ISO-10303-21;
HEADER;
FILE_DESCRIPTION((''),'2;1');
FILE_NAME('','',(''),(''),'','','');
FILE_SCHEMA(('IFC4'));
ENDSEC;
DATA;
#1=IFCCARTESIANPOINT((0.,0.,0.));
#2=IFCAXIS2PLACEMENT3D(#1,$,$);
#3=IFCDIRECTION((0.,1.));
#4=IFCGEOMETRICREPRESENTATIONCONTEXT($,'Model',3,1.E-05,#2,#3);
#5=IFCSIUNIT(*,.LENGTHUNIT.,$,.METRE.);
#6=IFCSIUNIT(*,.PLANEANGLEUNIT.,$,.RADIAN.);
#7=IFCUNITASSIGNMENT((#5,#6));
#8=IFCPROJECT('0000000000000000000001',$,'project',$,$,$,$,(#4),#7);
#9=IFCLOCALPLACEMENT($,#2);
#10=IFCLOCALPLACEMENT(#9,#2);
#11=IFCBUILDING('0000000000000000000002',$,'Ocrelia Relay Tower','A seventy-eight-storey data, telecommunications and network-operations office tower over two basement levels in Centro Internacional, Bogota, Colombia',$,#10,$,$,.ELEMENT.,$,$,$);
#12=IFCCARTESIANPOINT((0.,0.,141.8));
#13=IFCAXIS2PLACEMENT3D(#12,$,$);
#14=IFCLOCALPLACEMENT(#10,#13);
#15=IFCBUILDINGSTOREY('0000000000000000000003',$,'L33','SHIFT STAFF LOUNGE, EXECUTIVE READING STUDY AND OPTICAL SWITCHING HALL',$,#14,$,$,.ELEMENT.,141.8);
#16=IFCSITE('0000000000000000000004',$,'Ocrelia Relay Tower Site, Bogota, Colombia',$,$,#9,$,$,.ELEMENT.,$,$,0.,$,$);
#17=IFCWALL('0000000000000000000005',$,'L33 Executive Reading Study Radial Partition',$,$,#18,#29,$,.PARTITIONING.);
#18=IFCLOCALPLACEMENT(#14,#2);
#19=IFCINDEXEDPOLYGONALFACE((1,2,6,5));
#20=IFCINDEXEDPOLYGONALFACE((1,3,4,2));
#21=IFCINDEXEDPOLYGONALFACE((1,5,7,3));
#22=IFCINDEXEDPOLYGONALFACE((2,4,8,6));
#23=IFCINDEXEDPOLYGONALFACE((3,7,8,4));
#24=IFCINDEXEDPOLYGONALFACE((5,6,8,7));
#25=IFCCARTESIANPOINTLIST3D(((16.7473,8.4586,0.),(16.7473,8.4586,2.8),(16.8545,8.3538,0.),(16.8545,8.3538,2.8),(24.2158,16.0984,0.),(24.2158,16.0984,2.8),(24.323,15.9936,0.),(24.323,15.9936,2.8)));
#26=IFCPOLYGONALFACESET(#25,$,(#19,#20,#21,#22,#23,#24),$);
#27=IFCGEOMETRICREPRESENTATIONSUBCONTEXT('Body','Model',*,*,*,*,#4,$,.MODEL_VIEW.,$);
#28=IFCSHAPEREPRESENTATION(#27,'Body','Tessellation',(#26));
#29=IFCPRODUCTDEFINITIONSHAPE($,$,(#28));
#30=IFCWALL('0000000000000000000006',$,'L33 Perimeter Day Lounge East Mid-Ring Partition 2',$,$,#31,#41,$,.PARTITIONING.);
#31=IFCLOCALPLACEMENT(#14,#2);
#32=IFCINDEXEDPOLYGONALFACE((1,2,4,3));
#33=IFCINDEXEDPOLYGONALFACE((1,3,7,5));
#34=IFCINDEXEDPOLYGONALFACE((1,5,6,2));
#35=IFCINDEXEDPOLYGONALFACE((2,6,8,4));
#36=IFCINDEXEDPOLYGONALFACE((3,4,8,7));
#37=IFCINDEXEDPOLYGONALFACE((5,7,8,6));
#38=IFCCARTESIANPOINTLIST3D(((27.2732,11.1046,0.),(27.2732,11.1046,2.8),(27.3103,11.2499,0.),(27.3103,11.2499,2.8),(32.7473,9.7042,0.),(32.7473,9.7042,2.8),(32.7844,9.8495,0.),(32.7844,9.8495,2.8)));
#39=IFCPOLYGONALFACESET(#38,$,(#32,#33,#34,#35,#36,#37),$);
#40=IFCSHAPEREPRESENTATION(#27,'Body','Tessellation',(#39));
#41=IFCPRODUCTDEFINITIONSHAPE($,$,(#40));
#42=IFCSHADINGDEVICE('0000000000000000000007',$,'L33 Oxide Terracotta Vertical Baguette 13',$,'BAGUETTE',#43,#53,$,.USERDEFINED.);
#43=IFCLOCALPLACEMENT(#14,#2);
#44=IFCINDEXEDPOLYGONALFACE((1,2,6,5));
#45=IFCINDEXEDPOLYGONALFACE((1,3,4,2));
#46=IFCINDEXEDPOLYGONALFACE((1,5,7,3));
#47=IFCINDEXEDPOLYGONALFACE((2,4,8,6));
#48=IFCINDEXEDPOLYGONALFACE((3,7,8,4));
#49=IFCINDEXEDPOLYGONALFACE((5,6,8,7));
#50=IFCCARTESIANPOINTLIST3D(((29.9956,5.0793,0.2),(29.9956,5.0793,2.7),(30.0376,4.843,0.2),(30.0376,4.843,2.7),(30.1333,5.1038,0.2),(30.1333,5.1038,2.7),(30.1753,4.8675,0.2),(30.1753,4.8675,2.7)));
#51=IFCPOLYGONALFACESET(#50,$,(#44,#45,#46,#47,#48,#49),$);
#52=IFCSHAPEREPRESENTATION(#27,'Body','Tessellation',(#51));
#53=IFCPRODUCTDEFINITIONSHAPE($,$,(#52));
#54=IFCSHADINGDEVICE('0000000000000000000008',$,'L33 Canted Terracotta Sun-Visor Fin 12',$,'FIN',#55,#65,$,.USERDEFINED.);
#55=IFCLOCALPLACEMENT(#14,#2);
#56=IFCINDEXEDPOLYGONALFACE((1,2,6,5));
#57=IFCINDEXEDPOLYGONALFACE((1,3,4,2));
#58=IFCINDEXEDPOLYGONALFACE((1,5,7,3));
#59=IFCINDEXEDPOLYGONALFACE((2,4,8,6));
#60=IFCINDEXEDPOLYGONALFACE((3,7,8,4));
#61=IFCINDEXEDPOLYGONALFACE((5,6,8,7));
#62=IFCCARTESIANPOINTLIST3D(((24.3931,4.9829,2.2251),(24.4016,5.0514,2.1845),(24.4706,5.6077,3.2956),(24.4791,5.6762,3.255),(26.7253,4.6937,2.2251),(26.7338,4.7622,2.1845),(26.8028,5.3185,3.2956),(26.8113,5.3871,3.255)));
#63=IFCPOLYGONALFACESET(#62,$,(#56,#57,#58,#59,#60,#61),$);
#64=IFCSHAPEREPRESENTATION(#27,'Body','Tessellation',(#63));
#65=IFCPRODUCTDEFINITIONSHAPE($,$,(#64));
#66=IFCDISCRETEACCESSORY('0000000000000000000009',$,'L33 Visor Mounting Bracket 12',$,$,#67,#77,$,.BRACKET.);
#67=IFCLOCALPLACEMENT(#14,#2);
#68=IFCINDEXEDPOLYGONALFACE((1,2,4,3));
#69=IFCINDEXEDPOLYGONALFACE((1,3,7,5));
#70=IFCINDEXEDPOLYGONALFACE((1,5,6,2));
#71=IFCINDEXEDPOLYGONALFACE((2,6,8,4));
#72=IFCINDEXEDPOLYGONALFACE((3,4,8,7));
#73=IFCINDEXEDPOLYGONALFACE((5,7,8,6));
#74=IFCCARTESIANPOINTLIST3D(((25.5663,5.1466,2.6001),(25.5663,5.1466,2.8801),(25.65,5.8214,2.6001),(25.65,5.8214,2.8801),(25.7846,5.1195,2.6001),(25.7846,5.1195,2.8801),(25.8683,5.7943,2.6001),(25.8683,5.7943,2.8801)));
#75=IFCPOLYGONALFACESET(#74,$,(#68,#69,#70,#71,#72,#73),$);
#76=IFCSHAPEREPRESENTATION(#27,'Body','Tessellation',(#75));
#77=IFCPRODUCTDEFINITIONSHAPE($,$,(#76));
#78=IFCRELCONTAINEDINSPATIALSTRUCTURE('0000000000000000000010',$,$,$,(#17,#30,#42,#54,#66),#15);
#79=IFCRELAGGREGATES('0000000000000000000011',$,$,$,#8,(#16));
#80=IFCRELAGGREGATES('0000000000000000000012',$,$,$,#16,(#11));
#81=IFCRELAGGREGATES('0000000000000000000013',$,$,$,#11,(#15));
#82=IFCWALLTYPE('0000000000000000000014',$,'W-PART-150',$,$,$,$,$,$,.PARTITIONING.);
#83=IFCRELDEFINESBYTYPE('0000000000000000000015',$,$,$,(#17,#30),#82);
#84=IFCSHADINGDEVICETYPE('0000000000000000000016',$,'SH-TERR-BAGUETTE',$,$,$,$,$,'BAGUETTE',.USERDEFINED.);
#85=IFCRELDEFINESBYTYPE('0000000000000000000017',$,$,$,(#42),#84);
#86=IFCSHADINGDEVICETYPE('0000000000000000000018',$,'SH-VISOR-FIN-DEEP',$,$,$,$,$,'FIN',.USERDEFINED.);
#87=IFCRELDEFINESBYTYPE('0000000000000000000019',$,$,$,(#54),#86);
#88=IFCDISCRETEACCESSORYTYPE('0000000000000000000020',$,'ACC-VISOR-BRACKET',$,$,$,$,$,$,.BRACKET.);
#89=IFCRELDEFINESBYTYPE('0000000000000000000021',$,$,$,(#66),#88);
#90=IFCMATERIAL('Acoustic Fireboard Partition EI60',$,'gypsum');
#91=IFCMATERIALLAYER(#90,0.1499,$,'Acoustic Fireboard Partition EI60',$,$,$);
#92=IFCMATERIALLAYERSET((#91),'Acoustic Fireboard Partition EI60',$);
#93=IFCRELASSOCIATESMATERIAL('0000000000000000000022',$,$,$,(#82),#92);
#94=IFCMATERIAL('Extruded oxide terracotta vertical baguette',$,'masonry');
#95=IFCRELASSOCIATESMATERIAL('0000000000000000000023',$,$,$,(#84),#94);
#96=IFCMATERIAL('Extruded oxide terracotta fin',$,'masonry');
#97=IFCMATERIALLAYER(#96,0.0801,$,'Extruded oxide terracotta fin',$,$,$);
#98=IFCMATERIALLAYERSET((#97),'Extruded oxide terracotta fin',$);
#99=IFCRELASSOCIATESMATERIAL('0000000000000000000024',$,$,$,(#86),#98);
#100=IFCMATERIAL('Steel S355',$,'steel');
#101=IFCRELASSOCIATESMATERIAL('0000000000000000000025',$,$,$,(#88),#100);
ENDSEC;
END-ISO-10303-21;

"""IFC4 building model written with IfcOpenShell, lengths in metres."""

from ifc_helpers import new_model, si_unit, direction, frame, frame_2d, origin, origin_2d, place, context, subcontext, project, spatial, rectangle, extrude, material, layer, layer_set, type_object, element, save


model = new_model("IFC4")

# Units and contexts
model_context = context("Model", 3, precision=1e-05, world=origin(), true_north=direction((0.0, 1.0)))
body_context = subcontext(model_context, "Body", "Model", "MODEL_VIEW")
ifc_project = project(units=[si_unit("LENGTHUNIT", "METRE"), si_unit("PLANEANGLEUNIT", "RADIAN")], contexts=[model_context])

# Site, building, storey
site_placement = place(None, origin())
site = spatial("IfcSite", under=ifc_project, at=site_placement, Name="Ocrelia Relay Tower Site, Bogota, Colombia", CompositionType="ELEMENT", RefElevation=0.0)
building_placement = place(site_placement, origin())
building = spatial("IfcBuilding", under=site, at=building_placement, Name="Ocrelia Relay Tower", Description="A seventy-eight-storey data, telecommunications and network-operations office tower over two basement levels in Centro Internacional, Bogota, Colombia", CompositionType="ELEMENT")
storey_placement = place(building_placement, frame((0.0, 0.0, 141.8)))
storey = spatial("IfcBuildingStorey", under=building, at=storey_placement, Name="L33", Description="SHIFT STAFF LOUNGE, EXECUTIVE READING STUDY AND OPTICAL SWITCHING HALL", CompositionType="ELEMENT", Elevation=141.8)

# Shared definitions
ifc_material_1 = material(Name="Steel S355", Category="steel")

# Walls
ifc_material_2 = material(Name="Acoustic Fireboard Partition EI60", Category="gypsum")
ifc_layer_1 = layer(ifc_material_2, 0.1499, Name="Acoustic Fireboard Partition EI60")
ifc_layer_set_1 = layer_set([ifc_layer_1], Name="Acoustic Fireboard Partition EI60")
wall_type_1 = type_object("IfcWallType", Name="W-PART-150", PredefinedType="PARTITIONING", material=ifc_layer_set_1)
wall_1_placement = place(storey_placement, frame((24.2693, 16.0459, 0.0), z_axis=(0.0, 0.0, 1.0), x_axis=(-0.699041, -0.715082, 0.0)))
element("IfcWall", 1, at=wall_1_placement, inside=storey, type_object=wall_type_1, Name="L33 Executive Reading Study Radial Partition", PredefinedType="PARTITIONING", context=body_context, shape_type="SweptSolid", body=[
    extrude(rectangle(XDim=10.6838, YDim=0.1499, at=frame_2d((5.3418, 0.0))), origin(), (0.0, 0.0, 1.0), 2.8),
])
wall_2_placement = place(storey_placement, frame((27.2917, 11.1772, 0.0), z_axis=(0.0, 0.0, 1.0), x_axis=(0.968801, -0.247839, 0.0)))
element("IfcWall", 2, at=wall_2_placement, inside=storey, type_object=wall_type_1, Name="L33 Perimeter Day Lounge East Mid-Ring Partition 2", PredefinedType="PARTITIONING", context=body_context, shape_type="SweptSolid", body=[
    extrude(rectangle(XDim=5.6504, YDim=0.1499, at=frame_2d((2.8252, 0.0))), origin(), (0.0, 0.0, 1.0), 2.8),
])

# Shading devices
ifc_material_3 = material(Name="Extruded oxide terracotta vertical baguette", Category="masonry")
shading_device_type_1 = type_object("IfcShadingDeviceType", Name="SH-TERR-BAGUETTE", ElementType="BAGUETTE", PredefinedType="USERDEFINED", material=ifc_material_3)
shading_device_1_placement = place(storey_placement, frame((30.0854, 4.9734, 0.2), z_axis=(0.0, 0.0, 1.0), x_axis=(0.984568, 0.175004, 0.0)))
element("IfcShadingDevice", 3, at=shading_device_1_placement, inside=storey, type_object=shading_device_type_1, Name="L33 Oxide Terracotta Vertical Baguette 13", ObjectType="BAGUETTE", PredefinedType="USERDEFINED", context=body_context, shape_type="SweptSolid", body=[
    extrude(rectangle(XDim=0.1399, YDim=0.24, at=origin_2d()), origin(), (0.0, 0.0, 1.0), 2.5),
])
ifc_material_4 = material(Name="Extruded oxide terracotta fin", Category="masonry")
ifc_layer_2 = layer(ifc_material_4, 0.0801, Name="Extruded oxide terracotta fin")
ifc_layer_set_2 = layer_set([ifc_layer_2], Name="Extruded oxide terracotta fin")
shading_device_type_2 = type_object("IfcShadingDeviceType", Name="SH-VISOR-FIN-DEEP", ElementType="FIN", PredefinedType="USERDEFINED", material=ifc_layer_set_2)
shading_device_2_placement = place(storey_placement, frame((25.6064, 5.2192, 2.7197), z_axis=(-0.106067, -0.855433, 0.506937), x_axis=(0.992401, -0.123049, 0.0)))
element("IfcShadingDevice", 4, at=shading_device_2_placement, inside=storey, type_object=shading_device_type_2, Name="L33 Canted Terracotta Sun-Visor Fin 12", ObjectType="FIN", PredefinedType="USERDEFINED", context=body_context, shape_type="SweptSolid", body=[
    extrude(rectangle(XDim=2.3501, YDim=1.2419, at=origin_2d()), origin(), (0.0, 0.0, 1.0), 0.0801),
])

# Discrete accessory
discrete_accessory_type = type_object("IfcDiscreteAccessoryType", Name="ACC-VISOR-BRACKET", PredefinedType="BRACKET", material=ifc_material_1)
discrete_accessory_placement = place(storey_placement, frame((25.7173, 5.4705, 2.6001), z_axis=(0.0, 0.0, 1.0), x_axis=(0.992401, -0.123049, 0.0)))
element("IfcDiscreteAccessory", 5, at=discrete_accessory_placement, inside=storey, type_object=discrete_accessory_type, Name="L33 Visor Mounting Bracket 12", PredefinedType="BRACKET", context=body_context, shape_type="SweptSolid", body=[
    extrude(rectangle(XDim=0.22, YDim=0.6799, at=origin_2d()), origin(), (0.0, 0.0, 1.0), 0.28),
])

save(model, "model.ifc")
